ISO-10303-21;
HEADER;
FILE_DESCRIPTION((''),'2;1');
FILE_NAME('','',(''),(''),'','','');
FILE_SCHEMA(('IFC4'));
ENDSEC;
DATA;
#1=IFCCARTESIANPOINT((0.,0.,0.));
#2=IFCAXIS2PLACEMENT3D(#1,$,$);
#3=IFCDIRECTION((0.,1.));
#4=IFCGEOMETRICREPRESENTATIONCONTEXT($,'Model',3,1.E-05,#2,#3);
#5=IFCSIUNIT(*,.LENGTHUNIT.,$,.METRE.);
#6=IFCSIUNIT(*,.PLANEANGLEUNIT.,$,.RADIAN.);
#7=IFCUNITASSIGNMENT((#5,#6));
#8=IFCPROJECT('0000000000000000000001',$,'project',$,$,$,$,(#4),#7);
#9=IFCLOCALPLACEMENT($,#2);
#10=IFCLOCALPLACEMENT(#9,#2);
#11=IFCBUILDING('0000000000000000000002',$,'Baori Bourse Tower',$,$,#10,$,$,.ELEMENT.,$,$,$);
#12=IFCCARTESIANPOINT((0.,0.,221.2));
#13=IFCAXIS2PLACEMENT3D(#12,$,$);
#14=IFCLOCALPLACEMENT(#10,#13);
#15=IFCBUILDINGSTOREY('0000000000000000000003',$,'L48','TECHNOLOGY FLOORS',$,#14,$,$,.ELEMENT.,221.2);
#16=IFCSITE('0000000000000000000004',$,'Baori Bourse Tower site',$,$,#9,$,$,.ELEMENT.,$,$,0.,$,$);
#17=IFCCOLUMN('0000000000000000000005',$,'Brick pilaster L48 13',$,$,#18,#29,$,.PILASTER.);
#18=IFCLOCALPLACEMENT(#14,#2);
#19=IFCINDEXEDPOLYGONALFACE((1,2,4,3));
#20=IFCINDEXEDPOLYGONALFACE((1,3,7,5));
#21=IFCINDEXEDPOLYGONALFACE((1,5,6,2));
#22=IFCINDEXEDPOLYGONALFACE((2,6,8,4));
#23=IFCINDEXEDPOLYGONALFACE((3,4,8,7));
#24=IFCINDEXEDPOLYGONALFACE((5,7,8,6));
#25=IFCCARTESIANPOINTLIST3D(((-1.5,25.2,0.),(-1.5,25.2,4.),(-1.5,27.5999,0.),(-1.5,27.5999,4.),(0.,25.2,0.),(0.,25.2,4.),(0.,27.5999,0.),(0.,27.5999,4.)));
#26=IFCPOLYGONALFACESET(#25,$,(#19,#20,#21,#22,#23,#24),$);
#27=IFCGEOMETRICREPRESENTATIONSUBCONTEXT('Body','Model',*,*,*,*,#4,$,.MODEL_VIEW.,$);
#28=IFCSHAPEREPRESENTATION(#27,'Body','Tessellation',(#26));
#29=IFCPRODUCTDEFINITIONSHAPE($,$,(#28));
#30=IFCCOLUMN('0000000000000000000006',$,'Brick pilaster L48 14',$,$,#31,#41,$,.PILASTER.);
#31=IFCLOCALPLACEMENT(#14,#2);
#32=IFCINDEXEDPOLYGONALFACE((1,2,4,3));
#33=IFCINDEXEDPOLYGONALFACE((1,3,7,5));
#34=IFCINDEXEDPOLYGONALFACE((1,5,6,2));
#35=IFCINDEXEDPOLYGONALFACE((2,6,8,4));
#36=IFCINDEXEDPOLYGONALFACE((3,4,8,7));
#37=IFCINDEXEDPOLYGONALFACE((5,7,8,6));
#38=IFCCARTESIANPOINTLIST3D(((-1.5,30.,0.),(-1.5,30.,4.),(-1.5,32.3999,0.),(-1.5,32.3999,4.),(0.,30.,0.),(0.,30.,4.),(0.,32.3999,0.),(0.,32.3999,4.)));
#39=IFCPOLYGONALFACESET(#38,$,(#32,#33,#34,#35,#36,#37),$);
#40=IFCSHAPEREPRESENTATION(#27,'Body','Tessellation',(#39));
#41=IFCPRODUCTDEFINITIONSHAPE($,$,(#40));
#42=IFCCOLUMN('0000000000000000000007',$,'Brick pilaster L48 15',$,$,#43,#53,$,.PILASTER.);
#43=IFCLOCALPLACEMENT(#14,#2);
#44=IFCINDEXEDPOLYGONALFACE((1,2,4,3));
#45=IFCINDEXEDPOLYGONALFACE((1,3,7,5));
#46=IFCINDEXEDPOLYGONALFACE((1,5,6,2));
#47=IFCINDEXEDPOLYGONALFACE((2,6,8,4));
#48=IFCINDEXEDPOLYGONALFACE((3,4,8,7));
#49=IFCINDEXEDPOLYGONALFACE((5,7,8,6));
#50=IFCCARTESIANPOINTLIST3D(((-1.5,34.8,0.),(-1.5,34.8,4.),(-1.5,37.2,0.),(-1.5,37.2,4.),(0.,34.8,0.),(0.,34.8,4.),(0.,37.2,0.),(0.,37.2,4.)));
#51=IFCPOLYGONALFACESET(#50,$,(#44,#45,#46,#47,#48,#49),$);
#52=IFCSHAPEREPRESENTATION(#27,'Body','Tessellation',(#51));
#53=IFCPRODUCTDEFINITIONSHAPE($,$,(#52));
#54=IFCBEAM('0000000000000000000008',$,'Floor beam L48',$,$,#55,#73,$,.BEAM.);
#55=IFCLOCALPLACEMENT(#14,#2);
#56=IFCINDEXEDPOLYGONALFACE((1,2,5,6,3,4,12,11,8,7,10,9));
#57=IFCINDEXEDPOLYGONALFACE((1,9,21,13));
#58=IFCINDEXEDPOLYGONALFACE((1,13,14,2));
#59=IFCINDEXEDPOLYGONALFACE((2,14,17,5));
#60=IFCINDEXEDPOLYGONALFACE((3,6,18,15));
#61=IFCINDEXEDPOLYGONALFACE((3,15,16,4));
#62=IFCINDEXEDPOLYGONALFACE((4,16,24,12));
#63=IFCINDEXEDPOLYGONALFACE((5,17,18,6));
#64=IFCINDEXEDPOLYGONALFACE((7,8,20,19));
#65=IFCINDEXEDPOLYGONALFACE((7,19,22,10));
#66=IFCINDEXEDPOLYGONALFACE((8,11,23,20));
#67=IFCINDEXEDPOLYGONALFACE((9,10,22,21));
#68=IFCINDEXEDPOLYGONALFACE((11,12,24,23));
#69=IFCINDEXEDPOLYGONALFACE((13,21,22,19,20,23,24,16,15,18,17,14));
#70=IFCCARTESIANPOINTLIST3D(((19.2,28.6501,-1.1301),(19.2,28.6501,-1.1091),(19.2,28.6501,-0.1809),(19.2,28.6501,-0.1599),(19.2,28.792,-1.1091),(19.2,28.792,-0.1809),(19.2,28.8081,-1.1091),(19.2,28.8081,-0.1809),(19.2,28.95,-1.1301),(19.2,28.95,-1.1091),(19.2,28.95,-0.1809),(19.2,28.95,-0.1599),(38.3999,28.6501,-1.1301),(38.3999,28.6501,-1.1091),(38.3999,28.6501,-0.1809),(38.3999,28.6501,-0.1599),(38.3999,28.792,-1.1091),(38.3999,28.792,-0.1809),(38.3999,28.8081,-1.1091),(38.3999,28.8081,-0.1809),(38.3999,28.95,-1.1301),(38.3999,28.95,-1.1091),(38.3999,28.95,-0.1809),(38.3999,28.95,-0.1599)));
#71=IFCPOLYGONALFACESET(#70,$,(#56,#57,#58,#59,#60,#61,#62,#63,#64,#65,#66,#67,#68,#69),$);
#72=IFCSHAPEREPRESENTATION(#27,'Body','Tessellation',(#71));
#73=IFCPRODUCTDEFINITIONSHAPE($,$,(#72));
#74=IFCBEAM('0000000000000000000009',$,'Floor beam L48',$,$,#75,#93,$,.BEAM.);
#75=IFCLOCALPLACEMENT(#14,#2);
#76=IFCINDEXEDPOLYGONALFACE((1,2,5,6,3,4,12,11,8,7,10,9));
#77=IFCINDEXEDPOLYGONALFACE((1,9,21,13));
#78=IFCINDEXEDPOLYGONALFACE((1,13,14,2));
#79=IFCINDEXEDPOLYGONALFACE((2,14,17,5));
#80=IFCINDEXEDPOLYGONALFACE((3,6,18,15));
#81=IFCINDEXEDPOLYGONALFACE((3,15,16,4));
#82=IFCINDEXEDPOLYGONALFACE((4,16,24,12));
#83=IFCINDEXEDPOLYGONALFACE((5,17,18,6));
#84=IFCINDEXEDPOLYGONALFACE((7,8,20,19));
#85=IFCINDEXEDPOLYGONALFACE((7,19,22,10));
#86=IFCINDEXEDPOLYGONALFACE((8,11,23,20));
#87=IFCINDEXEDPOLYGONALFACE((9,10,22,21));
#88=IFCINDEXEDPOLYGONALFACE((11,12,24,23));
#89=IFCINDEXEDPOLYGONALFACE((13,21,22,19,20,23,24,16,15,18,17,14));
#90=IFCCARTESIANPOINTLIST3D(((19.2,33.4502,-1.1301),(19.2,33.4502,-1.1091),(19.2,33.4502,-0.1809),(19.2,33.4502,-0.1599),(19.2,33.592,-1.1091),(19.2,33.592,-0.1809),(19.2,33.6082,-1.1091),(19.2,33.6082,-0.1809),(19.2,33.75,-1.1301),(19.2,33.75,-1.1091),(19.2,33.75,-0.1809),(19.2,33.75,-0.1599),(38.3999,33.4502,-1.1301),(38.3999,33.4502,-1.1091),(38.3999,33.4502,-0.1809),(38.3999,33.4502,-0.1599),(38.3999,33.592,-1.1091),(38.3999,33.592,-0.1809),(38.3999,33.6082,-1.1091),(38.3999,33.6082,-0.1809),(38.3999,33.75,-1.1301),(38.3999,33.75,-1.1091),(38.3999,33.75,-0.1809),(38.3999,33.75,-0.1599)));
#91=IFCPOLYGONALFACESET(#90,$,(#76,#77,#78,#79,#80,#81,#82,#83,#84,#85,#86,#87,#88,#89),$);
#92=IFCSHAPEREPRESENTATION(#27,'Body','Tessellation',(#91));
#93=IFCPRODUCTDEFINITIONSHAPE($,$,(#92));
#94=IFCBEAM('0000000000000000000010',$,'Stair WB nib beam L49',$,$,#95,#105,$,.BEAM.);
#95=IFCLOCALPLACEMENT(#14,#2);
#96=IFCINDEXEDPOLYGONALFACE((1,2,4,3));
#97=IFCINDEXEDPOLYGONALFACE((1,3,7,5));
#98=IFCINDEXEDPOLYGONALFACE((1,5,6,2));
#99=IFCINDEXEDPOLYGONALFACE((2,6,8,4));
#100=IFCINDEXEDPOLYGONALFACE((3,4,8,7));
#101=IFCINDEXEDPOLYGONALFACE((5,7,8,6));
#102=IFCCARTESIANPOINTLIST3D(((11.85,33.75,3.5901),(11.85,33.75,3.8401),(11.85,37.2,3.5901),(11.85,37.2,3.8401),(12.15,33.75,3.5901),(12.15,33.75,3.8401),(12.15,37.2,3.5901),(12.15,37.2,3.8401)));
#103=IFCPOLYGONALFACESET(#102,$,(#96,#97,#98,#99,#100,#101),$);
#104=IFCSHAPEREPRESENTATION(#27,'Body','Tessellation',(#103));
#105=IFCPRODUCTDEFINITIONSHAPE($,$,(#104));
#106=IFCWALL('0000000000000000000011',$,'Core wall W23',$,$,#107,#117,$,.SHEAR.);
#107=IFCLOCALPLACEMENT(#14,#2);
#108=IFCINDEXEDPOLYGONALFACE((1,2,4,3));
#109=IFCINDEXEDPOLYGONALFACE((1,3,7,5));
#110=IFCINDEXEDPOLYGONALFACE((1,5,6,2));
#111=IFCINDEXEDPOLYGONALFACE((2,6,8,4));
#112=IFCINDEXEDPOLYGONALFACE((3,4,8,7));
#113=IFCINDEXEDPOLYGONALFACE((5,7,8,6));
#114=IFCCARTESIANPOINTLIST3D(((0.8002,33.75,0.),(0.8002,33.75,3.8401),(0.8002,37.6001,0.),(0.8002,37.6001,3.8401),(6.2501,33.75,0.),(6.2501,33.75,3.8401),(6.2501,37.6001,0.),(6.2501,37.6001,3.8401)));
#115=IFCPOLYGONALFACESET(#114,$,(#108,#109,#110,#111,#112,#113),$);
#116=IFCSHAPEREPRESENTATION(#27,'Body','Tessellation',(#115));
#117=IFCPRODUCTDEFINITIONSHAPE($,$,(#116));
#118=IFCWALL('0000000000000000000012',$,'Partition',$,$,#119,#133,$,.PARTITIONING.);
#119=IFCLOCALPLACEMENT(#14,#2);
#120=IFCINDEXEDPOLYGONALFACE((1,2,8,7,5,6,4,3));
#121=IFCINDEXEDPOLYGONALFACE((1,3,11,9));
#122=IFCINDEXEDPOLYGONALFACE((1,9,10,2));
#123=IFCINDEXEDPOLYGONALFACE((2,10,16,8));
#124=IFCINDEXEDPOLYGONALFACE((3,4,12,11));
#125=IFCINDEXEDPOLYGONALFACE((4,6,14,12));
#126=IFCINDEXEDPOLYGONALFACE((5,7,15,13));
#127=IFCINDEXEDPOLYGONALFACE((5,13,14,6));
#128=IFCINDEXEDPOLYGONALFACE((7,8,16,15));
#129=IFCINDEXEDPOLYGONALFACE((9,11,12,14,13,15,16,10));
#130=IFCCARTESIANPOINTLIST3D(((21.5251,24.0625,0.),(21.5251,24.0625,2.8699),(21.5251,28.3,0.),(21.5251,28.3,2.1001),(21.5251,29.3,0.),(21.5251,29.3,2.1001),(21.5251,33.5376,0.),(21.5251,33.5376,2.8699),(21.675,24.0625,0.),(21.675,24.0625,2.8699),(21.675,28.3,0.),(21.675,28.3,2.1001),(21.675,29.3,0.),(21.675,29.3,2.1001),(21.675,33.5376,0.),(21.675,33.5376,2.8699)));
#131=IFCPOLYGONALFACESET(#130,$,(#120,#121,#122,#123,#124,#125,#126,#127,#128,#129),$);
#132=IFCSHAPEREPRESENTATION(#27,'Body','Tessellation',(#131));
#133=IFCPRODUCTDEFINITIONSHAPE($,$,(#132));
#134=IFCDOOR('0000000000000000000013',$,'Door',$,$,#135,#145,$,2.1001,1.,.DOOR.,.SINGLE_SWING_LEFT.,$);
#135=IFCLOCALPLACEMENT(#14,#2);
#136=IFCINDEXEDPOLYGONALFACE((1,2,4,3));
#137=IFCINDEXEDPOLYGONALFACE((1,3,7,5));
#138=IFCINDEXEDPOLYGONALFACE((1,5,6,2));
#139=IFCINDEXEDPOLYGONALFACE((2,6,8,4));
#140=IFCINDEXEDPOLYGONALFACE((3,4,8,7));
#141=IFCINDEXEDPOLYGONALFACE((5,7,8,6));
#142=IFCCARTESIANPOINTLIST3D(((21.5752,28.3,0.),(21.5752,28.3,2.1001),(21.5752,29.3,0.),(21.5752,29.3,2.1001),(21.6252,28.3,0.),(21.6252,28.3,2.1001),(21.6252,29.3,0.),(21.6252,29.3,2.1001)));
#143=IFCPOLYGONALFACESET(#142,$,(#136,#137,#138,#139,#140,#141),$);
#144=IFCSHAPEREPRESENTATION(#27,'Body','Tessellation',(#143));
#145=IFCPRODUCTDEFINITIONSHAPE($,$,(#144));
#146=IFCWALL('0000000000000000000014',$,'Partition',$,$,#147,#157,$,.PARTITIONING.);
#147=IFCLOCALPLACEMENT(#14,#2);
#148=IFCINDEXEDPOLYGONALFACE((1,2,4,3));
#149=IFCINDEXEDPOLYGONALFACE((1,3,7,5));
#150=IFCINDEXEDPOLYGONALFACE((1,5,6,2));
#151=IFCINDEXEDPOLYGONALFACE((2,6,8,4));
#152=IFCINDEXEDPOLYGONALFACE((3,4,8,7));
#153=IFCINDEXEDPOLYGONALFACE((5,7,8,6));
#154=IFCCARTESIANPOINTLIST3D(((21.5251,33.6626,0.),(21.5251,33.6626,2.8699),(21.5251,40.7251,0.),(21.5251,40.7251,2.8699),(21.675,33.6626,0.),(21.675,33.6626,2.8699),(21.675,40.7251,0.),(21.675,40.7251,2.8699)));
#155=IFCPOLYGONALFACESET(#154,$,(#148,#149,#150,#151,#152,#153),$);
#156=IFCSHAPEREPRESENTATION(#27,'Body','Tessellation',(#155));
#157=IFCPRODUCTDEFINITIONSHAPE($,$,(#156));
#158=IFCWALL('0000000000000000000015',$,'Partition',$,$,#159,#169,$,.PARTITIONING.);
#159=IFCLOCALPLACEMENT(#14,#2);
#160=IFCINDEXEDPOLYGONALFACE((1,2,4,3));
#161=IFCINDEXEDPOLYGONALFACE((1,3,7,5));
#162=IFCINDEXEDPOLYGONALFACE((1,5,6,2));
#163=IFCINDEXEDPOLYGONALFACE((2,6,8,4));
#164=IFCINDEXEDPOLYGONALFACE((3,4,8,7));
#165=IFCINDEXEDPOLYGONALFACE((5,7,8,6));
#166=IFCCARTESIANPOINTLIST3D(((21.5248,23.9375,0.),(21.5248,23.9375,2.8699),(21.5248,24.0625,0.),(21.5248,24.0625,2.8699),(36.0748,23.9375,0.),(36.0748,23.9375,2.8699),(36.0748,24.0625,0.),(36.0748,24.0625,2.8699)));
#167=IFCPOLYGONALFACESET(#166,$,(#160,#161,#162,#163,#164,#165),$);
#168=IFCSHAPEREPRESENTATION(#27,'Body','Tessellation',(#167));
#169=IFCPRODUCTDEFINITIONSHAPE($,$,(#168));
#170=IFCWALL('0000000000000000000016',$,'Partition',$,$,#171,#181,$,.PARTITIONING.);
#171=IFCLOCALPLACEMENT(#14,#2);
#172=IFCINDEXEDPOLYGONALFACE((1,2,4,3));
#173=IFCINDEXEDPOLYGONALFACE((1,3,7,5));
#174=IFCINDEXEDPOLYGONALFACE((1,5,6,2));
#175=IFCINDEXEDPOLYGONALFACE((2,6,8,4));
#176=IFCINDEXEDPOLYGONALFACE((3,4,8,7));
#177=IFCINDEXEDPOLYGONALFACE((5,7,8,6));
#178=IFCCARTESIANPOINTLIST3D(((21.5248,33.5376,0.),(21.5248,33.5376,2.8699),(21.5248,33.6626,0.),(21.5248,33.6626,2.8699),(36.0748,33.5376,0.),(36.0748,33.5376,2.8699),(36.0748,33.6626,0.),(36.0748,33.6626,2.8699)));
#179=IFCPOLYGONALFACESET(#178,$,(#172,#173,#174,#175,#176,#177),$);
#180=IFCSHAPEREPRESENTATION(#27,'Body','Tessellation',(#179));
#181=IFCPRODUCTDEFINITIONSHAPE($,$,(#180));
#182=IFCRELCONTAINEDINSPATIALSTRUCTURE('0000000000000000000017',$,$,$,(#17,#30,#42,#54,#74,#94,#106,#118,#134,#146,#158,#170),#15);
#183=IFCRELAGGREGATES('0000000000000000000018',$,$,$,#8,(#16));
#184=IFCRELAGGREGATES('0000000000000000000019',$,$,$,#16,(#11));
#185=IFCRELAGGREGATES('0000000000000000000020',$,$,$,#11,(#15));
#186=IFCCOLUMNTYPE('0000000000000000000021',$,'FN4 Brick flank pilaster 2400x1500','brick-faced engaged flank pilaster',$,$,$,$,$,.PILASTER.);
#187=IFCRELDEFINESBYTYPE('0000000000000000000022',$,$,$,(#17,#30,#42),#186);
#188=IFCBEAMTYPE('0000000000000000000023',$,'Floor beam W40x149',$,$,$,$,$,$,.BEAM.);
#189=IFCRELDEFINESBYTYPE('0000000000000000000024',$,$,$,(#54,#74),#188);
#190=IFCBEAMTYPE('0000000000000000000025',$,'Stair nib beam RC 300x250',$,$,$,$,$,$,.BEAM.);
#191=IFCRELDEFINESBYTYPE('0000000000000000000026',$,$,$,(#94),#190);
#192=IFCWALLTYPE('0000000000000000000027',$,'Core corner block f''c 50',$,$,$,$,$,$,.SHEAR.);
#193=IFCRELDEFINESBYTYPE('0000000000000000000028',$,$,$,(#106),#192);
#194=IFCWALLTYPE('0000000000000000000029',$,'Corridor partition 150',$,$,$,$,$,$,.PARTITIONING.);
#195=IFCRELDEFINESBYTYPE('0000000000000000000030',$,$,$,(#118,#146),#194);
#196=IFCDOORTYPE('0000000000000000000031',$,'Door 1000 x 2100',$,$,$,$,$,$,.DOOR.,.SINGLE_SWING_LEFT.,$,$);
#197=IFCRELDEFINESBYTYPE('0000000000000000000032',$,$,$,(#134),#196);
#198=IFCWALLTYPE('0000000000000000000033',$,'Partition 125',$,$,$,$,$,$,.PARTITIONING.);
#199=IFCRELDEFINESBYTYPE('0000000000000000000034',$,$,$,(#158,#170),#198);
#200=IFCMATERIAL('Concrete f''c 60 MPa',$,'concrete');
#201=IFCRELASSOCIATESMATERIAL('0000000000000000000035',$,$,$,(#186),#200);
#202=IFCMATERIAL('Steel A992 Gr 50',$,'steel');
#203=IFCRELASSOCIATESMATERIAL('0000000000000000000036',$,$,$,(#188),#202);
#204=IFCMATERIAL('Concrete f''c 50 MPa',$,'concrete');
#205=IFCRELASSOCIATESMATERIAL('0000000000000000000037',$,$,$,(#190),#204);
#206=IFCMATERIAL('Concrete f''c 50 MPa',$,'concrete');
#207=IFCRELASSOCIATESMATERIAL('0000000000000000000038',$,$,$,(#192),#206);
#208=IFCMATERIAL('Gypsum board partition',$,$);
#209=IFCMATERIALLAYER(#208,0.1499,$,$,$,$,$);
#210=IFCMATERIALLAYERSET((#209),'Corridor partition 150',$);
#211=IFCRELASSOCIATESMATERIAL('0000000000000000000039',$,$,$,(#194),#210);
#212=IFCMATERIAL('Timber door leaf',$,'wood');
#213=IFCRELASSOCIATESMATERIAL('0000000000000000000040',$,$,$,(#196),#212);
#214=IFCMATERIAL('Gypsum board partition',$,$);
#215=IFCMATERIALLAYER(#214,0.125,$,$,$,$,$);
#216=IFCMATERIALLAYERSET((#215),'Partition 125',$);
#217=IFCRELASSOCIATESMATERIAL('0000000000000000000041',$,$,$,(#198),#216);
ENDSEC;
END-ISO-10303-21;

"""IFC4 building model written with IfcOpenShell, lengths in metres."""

from ifc_helpers import new_model, si_unit, direction, frame, frame_2d, origin, origin_2d, place, context, subcontext, project, spatial, rectangle, i_section, extrude, material, layer, layer_set, material_profile, profile_set, type_object, element, fill, save


model = new_model("IFC4")

# Units and contexts
model_context = context("Model", 3, precision=1e-05, world=origin(), true_north=direction((0.0, 1.0)))
body_context = subcontext(model_context, "Body", "Model", "MODEL_VIEW")
ifc_project = project(units=[si_unit("LENGTHUNIT", "METRE"), si_unit("PLANEANGLEUNIT", "RADIAN")], contexts=[model_context])

# Site, building, storey
site_placement = place(None, origin())
site = spatial("IfcSite", under=ifc_project, at=site_placement, Name="Baori Bourse Tower site", CompositionType="ELEMENT", RefElevation=0.0)
building_placement = place(site_placement, origin())
building = spatial("IfcBuilding", under=site, at=building_placement, Name="Baori Bourse Tower", CompositionType="ELEMENT")
storey_placement = place(building_placement, frame((0.0, 0.0, 221.2)))
storey = spatial("IfcBuildingStorey", under=building, at=storey_placement, Name="L48", Description="TECHNOLOGY FLOORS", CompositionType="ELEMENT", Elevation=221.2)

# Columns
ifc_material_1 = material(Name="Concrete f'c 60 MPa", Category="concrete")
ifc_material_profile_1 = material_profile(ifc_material_1, rectangle(XDim=2.3999, YDim=1.5, at=origin_2d()), Name="RC 2400x1500")
ifc_profile_set_1 = profile_set([ifc_material_profile_1], Name="Concrete f'c 60 MPa")
column_type = type_object("IfcColumnType", Name="FN4 Brick flank pilaster 2400x1500", Description="brick-faced engaged flank pilaster", PredefinedType="PILASTER", material=ifc_profile_set_1)
for number, where, z_axis, x_axis, name in (
    (1, (-0.75, 26.3999, 0.0), (0.0, 0.0, 1.0), (0.0, 1.0, 0.0), "Brick pilaster L48 13"),
    (2, (-0.75, 31.2, 0.0), (0.0, 0.0, 1.0), (0.0, 1.0, 0.0), "Brick pilaster L48 14"),
    (3, (-0.75, 36.0, 0.0), (0.0, 0.0, 1.0), (0.0, 1.0, 0.0), "Brick pilaster L48 15"),
):
    element("IfcColumn", number, at=place(storey_placement, frame(where, z_axis=z_axis, x_axis=x_axis)), inside=storey, type_object=column_type, Name=name, PredefinedType="PILASTER", context=body_context, shape_type="SweptSolid", body=[
        extrude(rectangle(XDim=2.3999, YDim=1.5, at=origin_2d()), origin(), (0.0, 0.0, 1.0), 4.0),
    ])

# Beams
ifc_material_2 = material(Name="Steel A992 Gr 50", Category="steel")
ifc_material_profile_2 = material_profile(ifc_material_2, i_section(OverallWidth=0.2998, OverallDepth=0.9702, WebThickness=0.0161, FlangeThickness=0.021, at=origin_2d()), Name="W40x149")
ifc_profile_set_2 = profile_set([ifc_material_profile_2], Name="Steel A992 Gr 50")
beam_type_1 = type_object("IfcBeamType", Name="Floor beam W40x149", PredefinedType="BEAM", material=ifc_profile_set_2)
for number, where, z_axis, x_axis, name in (
    (4, (19.2, 28.8, -0.645), (1.0, 0.0, 0.0), (0.0, 1.0, 0.0), "Floor beam L48"),
    (5, (19.2, 33.6001, -0.645), (1.0, 0.0, 0.0), (0.0, 1.0, 0.0), "Floor beam L48"),
):
    element("IfcBeam", number, at=place(storey_placement, frame(where, z_axis=z_axis, x_axis=x_axis)), inside=storey, type_object=beam_type_1, Name=name, PredefinedType="BEAM", context=body_context, shape_type="SweptSolid", body=[
        extrude(i_section(OverallWidth=0.2998, OverallDepth=0.9702, WebThickness=0.0161, FlangeThickness=0.021, at=origin_2d()), origin(), (0.0, 0.0, 1.0), 19.2),
    ])
ifc_material_3 = material(Name="Concrete f'c 50 MPa", Category="concrete")
ifc_material_profile_3 = material_profile(ifc_material_3, rectangle(XDim=0.3, YDim=0.25, at=origin_2d()), Name="RC 300x250")
ifc_profile_set_3 = profile_set([ifc_material_profile_3], Name="Concrete f'c 50 MPa")
beam_type_2 = type_object("IfcBeamType", Name="Stair nib beam RC 300x250", PredefinedType="BEAM", material=ifc_profile_set_3)
beam_placement = place(storey_placement, frame((12.0, 33.75, 3.7151), z_axis=(0.0, 1.0, 0.0), x_axis=(-1.0, 0.0, 0.0)))
element("IfcBeam", 6, at=beam_placement, inside=storey, type_object=beam_type_2, Name="Stair WB nib beam L49", PredefinedType="BEAM", context=body_context, shape_type="SweptSolid", body=[
    extrude(rectangle(XDim=0.3, YDim=0.25, at=origin_2d()), origin(), (0.0, 0.0, 1.0), 3.45),
])

# Wall
ifc_material_4 = material(Name="Concrete f'c 50 MPa", Category="concrete")
wall_type_1 = type_object("IfcWallType", Name="Core corner block f'c 50", PredefinedType="SHEAR", material=ifc_material_4)
wall_1_placement = place(storey_placement, frame((0.8, 35.675, 0.0), z_axis=(0.0, 0.0, 1.0), x_axis=(1.0, 0.0, 0.0)))
element("IfcWall", 7, at=wall_1_placement, inside=storey, type_object=wall_type_1, Name="Core wall W23", PredefinedType="SHEAR", context=body_context, shape_type="SweptSolid", body=[
    extrude(rectangle(XDim=5.45, YDim=3.8501, at=frame_2d((2.7251, 0.0))), origin(), (0.0, 0.0, 1.0), 3.8401),
])

# Wall, opening, door
ifc_material_5 = material(Name="Gypsum board partition")
ifc_layer_1 = layer(ifc_material_5, 0.1499)
ifc_layer_set_1 = layer_set([ifc_layer_1], Name="Corridor partition 150")
wall_type_2 = type_object("IfcWallType", Name="Corridor partition 150", PredefinedType="PARTITIONING", material=ifc_layer_set_1)
wall_2_placement = place(storey_placement, frame((21.6001, 24.0625, 0.0), z_axis=(0.0, 0.0, 1.0), x_axis=(0.0, 1.0, 0.0)))
wall_2 = element("IfcWall", 8, at=wall_2_placement, inside=storey, type_object=wall_type_2, Name="Partition", PredefinedType="PARTITIONING", context=body_context, shape_type="SweptSolid", body=[
    extrude(rectangle(XDim=9.4751, YDim=0.1499, at=frame_2d((4.7375, 0.0))), origin(), (0.0, 0.0, 1.0), 2.8699),
])
opening_1_placement = place(wall_2_placement, frame((4.2375, 0.0, 0.0)))
opening_1 = element("IfcOpeningElement", 9, at=opening_1_placement, cuts=wall_2, PredefinedType="OPENING", context=body_context, shape_type="SweptSolid", body=[
    extrude(rectangle(XDim=1.0, YDim=2.1001, at=frame_2d((0.5, 1.05))), frame((0.0, 0.085, 0.0), z_axis=(0.0, -1.0, 0.0), x_axis=(1.0, 0.0, 0.0)), (0.0, 0.0, 1.0), 0.1699),
])
ifc_material_6 = material(Name="Timber door leaf", Category="wood")
door_type_1 = type_object("IfcDoorType", Name="Door 1000 x 2100", OperationType="SINGLE_SWING_LEFT", PredefinedType="DOOR", material=ifc_material_6)
door_1_placement = place(opening_1_placement, origin())
door_1 = element("IfcDoor", 10, at=door_1_placement, inside=storey, type_object=door_type_1, Name="Door", OperationType="SINGLE_SWING_LEFT", OverallHeight=2.1001, OverallWidth=1.0, PredefinedType="DOOR", context=body_context, shape_type="SweptSolid", body=[
    extrude(rectangle(XDim=1.0, YDim=2.1001, at=frame_2d((0.5, 1.05))), frame((0.0, 0.0249, 0.0), z_axis=(0.0, -1.0, 0.0), x_axis=(1.0, 0.0, 0.0)), (0.0, 0.0, 1.0), 0.05),
])
fill(opening_1, door_1)

# Walls
wall_3_placement = place(storey_placement, frame((21.6001, 33.6626, 0.0), z_axis=(0.0, 0.0, 1.0), x_axis=(0.0, 1.0, 0.0)))
element("IfcWall", 11, at=wall_3_placement, inside=storey, type_object=wall_type_2, Name="Partition", PredefinedType="PARTITIONING", context=body_context, shape_type="SweptSolid", body=[
    extrude(rectangle(XDim=7.0625, YDim=0.1499, at=frame_2d((3.5312, 0.0))), origin(), (0.0, 0.0, 1.0), 2.8699),
])
ifc_material_7 = material(Name="Gypsum board partition")
ifc_layer_2 = layer(ifc_material_7, 0.125)
ifc_layer_set_2 = layer_set([ifc_layer_2], Name="Partition 125")
wall_type_3 = type_object("IfcWallType", Name="Partition 125", PredefinedType="PARTITIONING", material=ifc_layer_set_2)
for number, where, z_axis, x_axis, name in (
    (12, (21.5249, 24.0, 0.0), (0.0, 0.0, 1.0), (1.0, 0.0, 0.0), "Partition"),
    (13, (21.5249, 33.6001, 0.0), (0.0, 0.0, 1.0), (1.0, 0.0, 0.0), "Partition"),
):
    element("IfcWall", number, at=place(storey_placement, frame(where, z_axis=z_axis, x_axis=x_axis)), inside=storey, type_object=wall_type_3, Name=name, PredefinedType="PARTITIONING", context=body_context, shape_type="SweptSolid", body=[
        extrude(rectangle(XDim=14.55, YDim=0.125, at=frame_2d((7.2749, 0.0))), origin(), (0.0, 0.0, 1.0), 2.8699),
    ])

save(model, "model.ifc")
